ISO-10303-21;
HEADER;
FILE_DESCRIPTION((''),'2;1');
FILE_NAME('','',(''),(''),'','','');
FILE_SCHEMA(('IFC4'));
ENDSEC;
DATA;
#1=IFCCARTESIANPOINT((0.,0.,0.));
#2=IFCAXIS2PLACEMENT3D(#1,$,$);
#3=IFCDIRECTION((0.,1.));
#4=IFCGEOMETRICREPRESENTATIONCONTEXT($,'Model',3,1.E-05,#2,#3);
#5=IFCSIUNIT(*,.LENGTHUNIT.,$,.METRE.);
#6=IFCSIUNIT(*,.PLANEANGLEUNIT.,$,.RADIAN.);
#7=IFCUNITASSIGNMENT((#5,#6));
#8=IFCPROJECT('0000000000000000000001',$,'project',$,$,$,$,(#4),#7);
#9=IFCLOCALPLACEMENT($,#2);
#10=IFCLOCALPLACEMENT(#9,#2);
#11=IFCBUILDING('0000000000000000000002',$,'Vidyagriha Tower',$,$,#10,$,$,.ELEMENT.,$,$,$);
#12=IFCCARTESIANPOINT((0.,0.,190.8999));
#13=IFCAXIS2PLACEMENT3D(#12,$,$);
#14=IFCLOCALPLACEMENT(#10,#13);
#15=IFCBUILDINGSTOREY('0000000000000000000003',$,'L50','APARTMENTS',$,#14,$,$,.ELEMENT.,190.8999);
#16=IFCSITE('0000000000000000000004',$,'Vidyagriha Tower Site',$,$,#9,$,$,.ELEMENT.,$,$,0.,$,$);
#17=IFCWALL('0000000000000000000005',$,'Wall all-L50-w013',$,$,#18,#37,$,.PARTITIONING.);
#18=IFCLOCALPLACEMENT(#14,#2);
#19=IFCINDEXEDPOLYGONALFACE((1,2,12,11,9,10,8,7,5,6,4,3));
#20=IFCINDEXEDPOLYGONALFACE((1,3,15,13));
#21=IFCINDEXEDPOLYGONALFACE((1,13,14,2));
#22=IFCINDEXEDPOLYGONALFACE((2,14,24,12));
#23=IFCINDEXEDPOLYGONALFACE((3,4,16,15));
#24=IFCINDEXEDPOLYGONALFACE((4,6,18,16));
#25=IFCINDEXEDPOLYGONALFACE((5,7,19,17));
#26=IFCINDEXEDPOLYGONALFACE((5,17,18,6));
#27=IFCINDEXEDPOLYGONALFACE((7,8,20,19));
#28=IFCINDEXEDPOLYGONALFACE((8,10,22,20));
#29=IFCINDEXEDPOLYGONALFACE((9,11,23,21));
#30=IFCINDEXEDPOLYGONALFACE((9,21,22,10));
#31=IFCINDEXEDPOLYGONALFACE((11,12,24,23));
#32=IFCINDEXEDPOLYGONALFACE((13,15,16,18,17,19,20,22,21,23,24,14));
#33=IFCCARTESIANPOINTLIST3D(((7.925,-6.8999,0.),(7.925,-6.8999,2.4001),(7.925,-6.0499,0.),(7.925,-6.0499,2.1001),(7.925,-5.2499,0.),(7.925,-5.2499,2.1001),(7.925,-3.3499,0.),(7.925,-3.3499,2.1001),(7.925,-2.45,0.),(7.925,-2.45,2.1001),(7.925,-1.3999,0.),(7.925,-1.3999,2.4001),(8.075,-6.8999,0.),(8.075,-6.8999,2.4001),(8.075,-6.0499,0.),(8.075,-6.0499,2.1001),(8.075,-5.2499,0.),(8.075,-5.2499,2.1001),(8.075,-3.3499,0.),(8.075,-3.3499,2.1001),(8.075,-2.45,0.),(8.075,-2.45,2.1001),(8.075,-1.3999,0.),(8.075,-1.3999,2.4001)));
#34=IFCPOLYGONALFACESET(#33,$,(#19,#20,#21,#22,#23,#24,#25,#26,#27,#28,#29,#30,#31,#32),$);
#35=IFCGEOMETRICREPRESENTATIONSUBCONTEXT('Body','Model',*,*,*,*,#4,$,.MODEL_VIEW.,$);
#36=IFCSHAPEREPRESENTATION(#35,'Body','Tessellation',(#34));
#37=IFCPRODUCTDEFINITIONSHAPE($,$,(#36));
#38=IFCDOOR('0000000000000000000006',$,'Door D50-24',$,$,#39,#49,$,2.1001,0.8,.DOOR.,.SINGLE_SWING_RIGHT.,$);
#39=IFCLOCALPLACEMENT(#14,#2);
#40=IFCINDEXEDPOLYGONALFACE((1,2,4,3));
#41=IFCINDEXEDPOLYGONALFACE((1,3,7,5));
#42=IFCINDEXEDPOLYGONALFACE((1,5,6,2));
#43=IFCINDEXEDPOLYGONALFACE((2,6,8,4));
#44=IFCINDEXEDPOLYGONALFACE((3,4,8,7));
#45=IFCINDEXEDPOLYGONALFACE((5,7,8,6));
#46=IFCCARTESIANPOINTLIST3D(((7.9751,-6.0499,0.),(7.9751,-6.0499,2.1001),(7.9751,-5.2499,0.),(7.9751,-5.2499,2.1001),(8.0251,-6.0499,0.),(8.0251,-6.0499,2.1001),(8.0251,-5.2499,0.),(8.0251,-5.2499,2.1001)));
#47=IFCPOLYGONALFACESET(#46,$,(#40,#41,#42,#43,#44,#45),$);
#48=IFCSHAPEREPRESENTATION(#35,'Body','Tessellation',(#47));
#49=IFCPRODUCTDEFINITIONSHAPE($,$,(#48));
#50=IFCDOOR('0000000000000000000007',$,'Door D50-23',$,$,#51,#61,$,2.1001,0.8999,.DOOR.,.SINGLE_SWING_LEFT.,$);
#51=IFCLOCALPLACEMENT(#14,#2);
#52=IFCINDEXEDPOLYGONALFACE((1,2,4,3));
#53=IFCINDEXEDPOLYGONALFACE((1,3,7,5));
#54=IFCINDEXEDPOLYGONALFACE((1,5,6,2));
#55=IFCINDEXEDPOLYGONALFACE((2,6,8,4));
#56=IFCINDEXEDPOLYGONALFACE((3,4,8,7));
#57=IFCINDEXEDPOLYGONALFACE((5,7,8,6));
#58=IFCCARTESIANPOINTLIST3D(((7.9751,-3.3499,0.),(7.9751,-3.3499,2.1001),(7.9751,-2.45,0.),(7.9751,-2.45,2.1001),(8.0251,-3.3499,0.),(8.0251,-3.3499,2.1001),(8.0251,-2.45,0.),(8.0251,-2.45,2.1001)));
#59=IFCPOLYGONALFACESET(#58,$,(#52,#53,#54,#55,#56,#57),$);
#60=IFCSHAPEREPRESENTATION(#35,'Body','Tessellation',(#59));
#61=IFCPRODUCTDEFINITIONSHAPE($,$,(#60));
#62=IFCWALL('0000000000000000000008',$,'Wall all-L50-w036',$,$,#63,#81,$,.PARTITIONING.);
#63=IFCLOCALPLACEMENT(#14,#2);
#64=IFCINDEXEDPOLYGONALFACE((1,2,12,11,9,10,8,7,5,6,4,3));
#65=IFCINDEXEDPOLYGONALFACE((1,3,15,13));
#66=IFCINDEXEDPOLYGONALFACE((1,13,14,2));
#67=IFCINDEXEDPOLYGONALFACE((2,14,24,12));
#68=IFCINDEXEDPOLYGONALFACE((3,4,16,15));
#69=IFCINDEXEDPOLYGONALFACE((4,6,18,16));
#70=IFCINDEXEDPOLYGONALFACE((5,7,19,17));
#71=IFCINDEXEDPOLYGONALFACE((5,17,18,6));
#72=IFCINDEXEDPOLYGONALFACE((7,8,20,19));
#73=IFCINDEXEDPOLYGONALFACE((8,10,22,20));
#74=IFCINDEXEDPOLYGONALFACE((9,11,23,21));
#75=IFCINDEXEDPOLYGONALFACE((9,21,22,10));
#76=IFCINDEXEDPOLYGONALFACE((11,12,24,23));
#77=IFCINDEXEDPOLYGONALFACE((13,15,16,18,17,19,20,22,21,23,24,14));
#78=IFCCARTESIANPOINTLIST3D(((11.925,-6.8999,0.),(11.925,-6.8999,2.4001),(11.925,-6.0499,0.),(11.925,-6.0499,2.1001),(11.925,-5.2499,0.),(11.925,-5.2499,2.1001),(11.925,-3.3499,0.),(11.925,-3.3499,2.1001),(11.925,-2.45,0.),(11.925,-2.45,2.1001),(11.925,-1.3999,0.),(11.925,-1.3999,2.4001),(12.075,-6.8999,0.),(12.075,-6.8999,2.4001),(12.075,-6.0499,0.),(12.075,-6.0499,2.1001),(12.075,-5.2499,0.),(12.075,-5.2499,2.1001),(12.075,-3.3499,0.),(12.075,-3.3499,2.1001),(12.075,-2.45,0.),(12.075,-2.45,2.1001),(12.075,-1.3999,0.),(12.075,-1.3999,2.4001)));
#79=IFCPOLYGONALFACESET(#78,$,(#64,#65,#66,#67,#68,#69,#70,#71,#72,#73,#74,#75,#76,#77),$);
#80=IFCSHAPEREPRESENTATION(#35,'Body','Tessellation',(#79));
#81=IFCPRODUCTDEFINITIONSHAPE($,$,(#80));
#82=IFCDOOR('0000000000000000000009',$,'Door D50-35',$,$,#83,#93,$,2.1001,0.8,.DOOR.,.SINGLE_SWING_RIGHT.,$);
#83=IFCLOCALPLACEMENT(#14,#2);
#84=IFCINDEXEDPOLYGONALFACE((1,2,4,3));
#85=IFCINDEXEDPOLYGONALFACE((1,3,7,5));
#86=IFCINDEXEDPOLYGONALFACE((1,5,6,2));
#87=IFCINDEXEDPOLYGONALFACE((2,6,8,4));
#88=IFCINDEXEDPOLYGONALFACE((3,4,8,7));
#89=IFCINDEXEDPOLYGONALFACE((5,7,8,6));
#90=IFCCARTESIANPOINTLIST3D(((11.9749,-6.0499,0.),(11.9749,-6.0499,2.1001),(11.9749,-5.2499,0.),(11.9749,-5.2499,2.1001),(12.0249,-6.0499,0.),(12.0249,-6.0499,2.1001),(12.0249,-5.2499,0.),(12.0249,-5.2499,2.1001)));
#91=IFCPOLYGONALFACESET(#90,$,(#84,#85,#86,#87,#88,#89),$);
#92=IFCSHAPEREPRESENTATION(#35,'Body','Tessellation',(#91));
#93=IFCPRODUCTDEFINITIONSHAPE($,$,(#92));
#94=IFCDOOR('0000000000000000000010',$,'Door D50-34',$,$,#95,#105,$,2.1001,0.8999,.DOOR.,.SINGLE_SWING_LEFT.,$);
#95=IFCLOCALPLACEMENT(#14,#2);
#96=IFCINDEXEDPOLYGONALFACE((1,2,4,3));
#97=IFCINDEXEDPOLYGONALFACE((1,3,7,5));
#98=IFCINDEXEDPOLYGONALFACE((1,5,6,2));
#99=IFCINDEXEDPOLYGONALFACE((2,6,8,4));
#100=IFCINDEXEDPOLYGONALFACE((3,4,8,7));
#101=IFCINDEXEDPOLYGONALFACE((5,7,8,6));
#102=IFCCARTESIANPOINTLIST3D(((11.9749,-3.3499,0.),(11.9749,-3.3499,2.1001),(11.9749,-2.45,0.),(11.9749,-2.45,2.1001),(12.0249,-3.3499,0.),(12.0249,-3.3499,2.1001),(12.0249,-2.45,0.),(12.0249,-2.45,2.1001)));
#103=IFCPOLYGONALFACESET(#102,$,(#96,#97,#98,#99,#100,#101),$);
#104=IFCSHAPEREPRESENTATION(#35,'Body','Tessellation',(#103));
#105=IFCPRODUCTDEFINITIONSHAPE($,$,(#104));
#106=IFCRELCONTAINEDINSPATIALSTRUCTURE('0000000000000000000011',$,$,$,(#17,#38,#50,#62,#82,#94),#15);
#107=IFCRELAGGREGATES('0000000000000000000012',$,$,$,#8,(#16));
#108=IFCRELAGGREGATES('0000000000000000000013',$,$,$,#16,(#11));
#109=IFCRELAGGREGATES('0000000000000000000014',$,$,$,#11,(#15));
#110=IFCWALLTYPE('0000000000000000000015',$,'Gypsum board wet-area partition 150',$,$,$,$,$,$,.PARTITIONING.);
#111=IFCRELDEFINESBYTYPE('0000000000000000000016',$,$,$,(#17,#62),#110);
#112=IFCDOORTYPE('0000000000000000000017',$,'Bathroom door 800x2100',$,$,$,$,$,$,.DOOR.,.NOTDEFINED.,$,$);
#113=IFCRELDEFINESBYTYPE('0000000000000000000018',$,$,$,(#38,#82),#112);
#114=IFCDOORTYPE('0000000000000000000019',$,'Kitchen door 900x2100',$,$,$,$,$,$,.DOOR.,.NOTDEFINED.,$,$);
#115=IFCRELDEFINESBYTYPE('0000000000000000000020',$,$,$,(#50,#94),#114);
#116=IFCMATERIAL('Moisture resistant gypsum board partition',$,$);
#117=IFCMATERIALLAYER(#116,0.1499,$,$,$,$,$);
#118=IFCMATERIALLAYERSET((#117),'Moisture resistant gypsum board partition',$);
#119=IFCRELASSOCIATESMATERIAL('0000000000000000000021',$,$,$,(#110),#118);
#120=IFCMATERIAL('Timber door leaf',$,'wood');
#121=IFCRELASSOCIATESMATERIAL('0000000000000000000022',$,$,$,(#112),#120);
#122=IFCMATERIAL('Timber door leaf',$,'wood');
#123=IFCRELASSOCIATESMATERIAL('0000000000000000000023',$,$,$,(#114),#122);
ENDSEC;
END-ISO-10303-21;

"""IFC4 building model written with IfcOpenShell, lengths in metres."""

from ifc_helpers import new_model, si_unit, direction, frame, frame_2d, origin, place, context, subcontext, project, spatial, rectangle, extrude, material, layer, layer_set, type_object, element, fill, save


model = new_model("IFC4")

# Units and contexts
model_context = context("Model", 3, precision=1e-05, world=origin(), true_north=direction((0.0, 1.0)))
body_context = subcontext(model_context, "Body", "Model", "MODEL_VIEW")
ifc_project = project(units=[si_unit("LENGTHUNIT", "METRE"), si_unit("PLANEANGLEUNIT", "RADIAN")], contexts=[model_context])

# Site, building, storey
site_placement = place(None, origin())
site = spatial("IfcSite", under=ifc_project, at=site_placement, Name="Vidyagriha Tower Site", CompositionType="ELEMENT", RefElevation=0.0)
building_placement = place(site_placement, origin())
building = spatial("IfcBuilding", under=site, at=building_placement, Name="Vidyagriha Tower", CompositionType="ELEMENT")
storey_placement = place(building_placement, frame((0.0, 0.0, 190.8999)))
storey = spatial("IfcBuildingStorey", under=building, at=storey_placement, Name="L50", Description="APARTMENTS", CompositionType="ELEMENT", Elevation=190.8999)

# Walls, openings, doors
ifc_material_1 = material(Name="Moisture resistant gypsum board partition")
ifc_layer_1 = layer(ifc_material_1, 0.1499)
ifc_layer_set_1 = layer_set([ifc_layer_1], Name="Moisture resistant gypsum board partition")
wall_type_1 = type_object("IfcWallType", Name="Gypsum board wet-area partition 150", PredefinedType="PARTITIONING", material=ifc_layer_set_1)
wall_1_placement = place(storey_placement, frame((8.0, -6.8999, 0.0), z_axis=(0.0, 0.0, 1.0), x_axis=(0.0, 1.0, 0.0)))
wall_1 = element("IfcWall", 1, at=wall_1_placement, inside=storey, type_object=wall_type_1, Name="Wall all-L50-w013", PredefinedType="PARTITIONING", context=body_context, shape_type="SweptSolid", body=[
    extrude(rectangle(XDim=5.5, YDim=0.1499, at=frame_2d((2.75, 0.0))), origin(), (0.0, 0.0, 1.0), 2.4001),
])
opening_1_placement = place(wall_1_placement, frame((3.55, 0.0, 0.0)))
opening_1 = element("IfcOpeningElement", 2, at=opening_1_placement, cuts=wall_1, PredefinedType="OPENING", context=body_context, shape_type="SweptSolid", body=[
    extrude(rectangle(XDim=0.8999, YDim=2.1001, at=frame_2d((0.45, 1.05))), frame((0.0, 0.085, 0.0), z_axis=(0.0, -1.0, 0.0), x_axis=(1.0, 0.0, 0.0)), (0.0, 0.0, 1.0), 0.1699),
])
opening_2_placement = place(wall_1_placement, frame((0.8501, 0.0, 0.0)))
opening_2 = element("IfcOpeningElement", 3, at=opening_2_placement, cuts=wall_1, PredefinedType="OPENING", context=body_context, shape_type="SweptSolid", body=[
    extrude(rectangle(XDim=0.8, YDim=2.1001, at=frame_2d((0.3999, 1.05))), frame((0.0, 0.085, 0.0), z_axis=(0.0, -1.0, 0.0), x_axis=(1.0, 0.0, 0.0)), (0.0, 0.0, 1.0), 0.1699),
])
ifc_material_2 = material(Name="Timber door leaf", Category="wood")
door_type_1 = type_object("IfcDoorType", Name="Bathroom door 800x2100", OperationType="NOTDEFINED", PredefinedType="DOOR", material=ifc_material_2)
door_1_placement = place(opening_2_placement, origin())
door_1 = element("IfcDoor", 4, at=door_1_placement, inside=storey, type_object=door_type_1, Name="Door D50-24", OperationType="SINGLE_SWING_RIGHT", OverallHeight=2.1001, OverallWidth=0.8, PredefinedType="DOOR", context=body_context, shape_type="SweptSolid", body=[
    extrude(rectangle(XDim=0.8, YDim=2.1001, at=frame_2d((0.3999, 1.05))), frame((0.0, 0.0249, 0.0), z_axis=(0.0, -1.0, 0.0), x_axis=(1.0, 0.0, 0.0)), (0.0, 0.0, 1.0), 0.05),
])
fill(opening_2, door_1)
ifc_material_3 = material(Name="Timber door leaf", Category="wood")
door_type_2 = type_object("IfcDoorType", Name="Kitchen door 900x2100", OperationType="NOTDEFINED", PredefinedType="DOOR", material=ifc_material_3)
door_2_placement = place(opening_1_placement, origin())
door_2 = element("IfcDoor", 5, at=door_2_placement, inside=storey, type_object=door_type_2, Name="Door D50-23", OperationType="SINGLE_SWING_LEFT", OverallHeight=2.1001, OverallWidth=0.8999, PredefinedType="DOOR", context=body_context, shape_type="SweptSolid", body=[
    extrude(rectangle(XDim=0.8999, YDim=2.1001, at=frame_2d((0.45, 1.05))), frame((0.0, 0.0249, 0.0), z_axis=(0.0, -1.0, 0.0), x_axis=(1.0, 0.0, 0.0)), (0.0, 0.0, 1.0), 0.05),
])
fill(opening_1, door_2)
wall_2_placement = place(storey_placement, frame((12.0, -1.3999, 0.0), z_axis=(0.0, 0.0, 1.0), x_axis=(0.0, -1.0, 0.0)))
wall_2 = element("IfcWall", 6, at=wall_2_placement, inside=storey, type_object=wall_type_1, Name="Wall all-L50-w036", PredefinedType="PARTITIONING", context=body_context, shape_type="SweptSolid", body=[
    extrude(rectangle(XDim=5.5, YDim=0.1499, at=frame_2d((2.75, 0.0))), origin(), (0.0, 0.0, 1.0), 2.4001),
])
opening_3_placement = place(wall_2_placement, frame((1.05, 0.0, 0.0)))
opening_3 = element("IfcOpeningElement", 7, at=opening_3_placement, cuts=wall_2, PredefinedType="OPENING", context=body_context, shape_type="SweptSolid", body=[
    extrude(rectangle(XDim=0.8999, YDim=2.1001, at=frame_2d((0.45, 1.05))), frame((0.0, 0.085, 0.0), z_axis=(0.0, -1.0, 0.0), x_axis=(1.0, 0.0, 0.0)), (0.0, 0.0, 1.0), 0.1699),
])
opening_4_placement = place(wall_2_placement, frame((3.8501, 0.0, 0.0)))
opening_4 = element("IfcOpeningElement", 8, at=opening_4_placement, cuts=wall_2, PredefinedType="OPENING", context=body_context, shape_type="SweptSolid", body=[
    extrude(rectangle(XDim=0.8, YDim=2.1001, at=frame_2d((0.3999, 1.05))), frame((0.0, 0.085, 0.0), z_axis=(0.0, -1.0, 0.0), x_axis=(1.0, 0.0, 0.0)), (0.0, 0.0, 1.0), 0.1699),
])
door_3_placement = place(opening_4_placement, origin())
door_3 = element("IfcDoor", 9, at=door_3_placement, inside=storey, type_object=door_type_1, Name="Door D50-35", OperationType="SINGLE_SWING_RIGHT", OverallHeight=2.1001, OverallWidth=0.8, PredefinedType="DOOR", context=body_context, shape_type="SweptSolid", body=[
    extrude(rectangle(XDim=0.8, YDim=2.1001, at=frame_2d((0.3999, 1.05))), frame((0.0, 0.0249, 0.0), z_axis=(0.0, -1.0, 0.0), x_axis=(1.0, 0.0, 0.0)), (0.0, 0.0, 1.0), 0.05),
])
fill(opening_4, door_3)
door_4_placement = place(opening_3_placement, origin())
door_4 = element("IfcDoor", 10, at=door_4_placement, inside=storey, type_object=door_type_2, Name="Door D50-34", OperationType="SINGLE_SWING_LEFT", OverallHeight=2.1001, OverallWidth=0.8999, PredefinedType="DOOR", context=body_context, shape_type="SweptSolid", body=[
    extrude(rectangle(XDim=0.8999, YDim=2.1001, at=frame_2d((0.45, 1.05))), frame((0.0, 0.0249, 0.0), z_axis=(0.0, -1.0, 0.0), x_axis=(1.0, 0.0, 0.0)), (0.0, 0.0, 1.0), 0.05),
])
fill(opening_3, door_4)

save(model, "model.ifc")
